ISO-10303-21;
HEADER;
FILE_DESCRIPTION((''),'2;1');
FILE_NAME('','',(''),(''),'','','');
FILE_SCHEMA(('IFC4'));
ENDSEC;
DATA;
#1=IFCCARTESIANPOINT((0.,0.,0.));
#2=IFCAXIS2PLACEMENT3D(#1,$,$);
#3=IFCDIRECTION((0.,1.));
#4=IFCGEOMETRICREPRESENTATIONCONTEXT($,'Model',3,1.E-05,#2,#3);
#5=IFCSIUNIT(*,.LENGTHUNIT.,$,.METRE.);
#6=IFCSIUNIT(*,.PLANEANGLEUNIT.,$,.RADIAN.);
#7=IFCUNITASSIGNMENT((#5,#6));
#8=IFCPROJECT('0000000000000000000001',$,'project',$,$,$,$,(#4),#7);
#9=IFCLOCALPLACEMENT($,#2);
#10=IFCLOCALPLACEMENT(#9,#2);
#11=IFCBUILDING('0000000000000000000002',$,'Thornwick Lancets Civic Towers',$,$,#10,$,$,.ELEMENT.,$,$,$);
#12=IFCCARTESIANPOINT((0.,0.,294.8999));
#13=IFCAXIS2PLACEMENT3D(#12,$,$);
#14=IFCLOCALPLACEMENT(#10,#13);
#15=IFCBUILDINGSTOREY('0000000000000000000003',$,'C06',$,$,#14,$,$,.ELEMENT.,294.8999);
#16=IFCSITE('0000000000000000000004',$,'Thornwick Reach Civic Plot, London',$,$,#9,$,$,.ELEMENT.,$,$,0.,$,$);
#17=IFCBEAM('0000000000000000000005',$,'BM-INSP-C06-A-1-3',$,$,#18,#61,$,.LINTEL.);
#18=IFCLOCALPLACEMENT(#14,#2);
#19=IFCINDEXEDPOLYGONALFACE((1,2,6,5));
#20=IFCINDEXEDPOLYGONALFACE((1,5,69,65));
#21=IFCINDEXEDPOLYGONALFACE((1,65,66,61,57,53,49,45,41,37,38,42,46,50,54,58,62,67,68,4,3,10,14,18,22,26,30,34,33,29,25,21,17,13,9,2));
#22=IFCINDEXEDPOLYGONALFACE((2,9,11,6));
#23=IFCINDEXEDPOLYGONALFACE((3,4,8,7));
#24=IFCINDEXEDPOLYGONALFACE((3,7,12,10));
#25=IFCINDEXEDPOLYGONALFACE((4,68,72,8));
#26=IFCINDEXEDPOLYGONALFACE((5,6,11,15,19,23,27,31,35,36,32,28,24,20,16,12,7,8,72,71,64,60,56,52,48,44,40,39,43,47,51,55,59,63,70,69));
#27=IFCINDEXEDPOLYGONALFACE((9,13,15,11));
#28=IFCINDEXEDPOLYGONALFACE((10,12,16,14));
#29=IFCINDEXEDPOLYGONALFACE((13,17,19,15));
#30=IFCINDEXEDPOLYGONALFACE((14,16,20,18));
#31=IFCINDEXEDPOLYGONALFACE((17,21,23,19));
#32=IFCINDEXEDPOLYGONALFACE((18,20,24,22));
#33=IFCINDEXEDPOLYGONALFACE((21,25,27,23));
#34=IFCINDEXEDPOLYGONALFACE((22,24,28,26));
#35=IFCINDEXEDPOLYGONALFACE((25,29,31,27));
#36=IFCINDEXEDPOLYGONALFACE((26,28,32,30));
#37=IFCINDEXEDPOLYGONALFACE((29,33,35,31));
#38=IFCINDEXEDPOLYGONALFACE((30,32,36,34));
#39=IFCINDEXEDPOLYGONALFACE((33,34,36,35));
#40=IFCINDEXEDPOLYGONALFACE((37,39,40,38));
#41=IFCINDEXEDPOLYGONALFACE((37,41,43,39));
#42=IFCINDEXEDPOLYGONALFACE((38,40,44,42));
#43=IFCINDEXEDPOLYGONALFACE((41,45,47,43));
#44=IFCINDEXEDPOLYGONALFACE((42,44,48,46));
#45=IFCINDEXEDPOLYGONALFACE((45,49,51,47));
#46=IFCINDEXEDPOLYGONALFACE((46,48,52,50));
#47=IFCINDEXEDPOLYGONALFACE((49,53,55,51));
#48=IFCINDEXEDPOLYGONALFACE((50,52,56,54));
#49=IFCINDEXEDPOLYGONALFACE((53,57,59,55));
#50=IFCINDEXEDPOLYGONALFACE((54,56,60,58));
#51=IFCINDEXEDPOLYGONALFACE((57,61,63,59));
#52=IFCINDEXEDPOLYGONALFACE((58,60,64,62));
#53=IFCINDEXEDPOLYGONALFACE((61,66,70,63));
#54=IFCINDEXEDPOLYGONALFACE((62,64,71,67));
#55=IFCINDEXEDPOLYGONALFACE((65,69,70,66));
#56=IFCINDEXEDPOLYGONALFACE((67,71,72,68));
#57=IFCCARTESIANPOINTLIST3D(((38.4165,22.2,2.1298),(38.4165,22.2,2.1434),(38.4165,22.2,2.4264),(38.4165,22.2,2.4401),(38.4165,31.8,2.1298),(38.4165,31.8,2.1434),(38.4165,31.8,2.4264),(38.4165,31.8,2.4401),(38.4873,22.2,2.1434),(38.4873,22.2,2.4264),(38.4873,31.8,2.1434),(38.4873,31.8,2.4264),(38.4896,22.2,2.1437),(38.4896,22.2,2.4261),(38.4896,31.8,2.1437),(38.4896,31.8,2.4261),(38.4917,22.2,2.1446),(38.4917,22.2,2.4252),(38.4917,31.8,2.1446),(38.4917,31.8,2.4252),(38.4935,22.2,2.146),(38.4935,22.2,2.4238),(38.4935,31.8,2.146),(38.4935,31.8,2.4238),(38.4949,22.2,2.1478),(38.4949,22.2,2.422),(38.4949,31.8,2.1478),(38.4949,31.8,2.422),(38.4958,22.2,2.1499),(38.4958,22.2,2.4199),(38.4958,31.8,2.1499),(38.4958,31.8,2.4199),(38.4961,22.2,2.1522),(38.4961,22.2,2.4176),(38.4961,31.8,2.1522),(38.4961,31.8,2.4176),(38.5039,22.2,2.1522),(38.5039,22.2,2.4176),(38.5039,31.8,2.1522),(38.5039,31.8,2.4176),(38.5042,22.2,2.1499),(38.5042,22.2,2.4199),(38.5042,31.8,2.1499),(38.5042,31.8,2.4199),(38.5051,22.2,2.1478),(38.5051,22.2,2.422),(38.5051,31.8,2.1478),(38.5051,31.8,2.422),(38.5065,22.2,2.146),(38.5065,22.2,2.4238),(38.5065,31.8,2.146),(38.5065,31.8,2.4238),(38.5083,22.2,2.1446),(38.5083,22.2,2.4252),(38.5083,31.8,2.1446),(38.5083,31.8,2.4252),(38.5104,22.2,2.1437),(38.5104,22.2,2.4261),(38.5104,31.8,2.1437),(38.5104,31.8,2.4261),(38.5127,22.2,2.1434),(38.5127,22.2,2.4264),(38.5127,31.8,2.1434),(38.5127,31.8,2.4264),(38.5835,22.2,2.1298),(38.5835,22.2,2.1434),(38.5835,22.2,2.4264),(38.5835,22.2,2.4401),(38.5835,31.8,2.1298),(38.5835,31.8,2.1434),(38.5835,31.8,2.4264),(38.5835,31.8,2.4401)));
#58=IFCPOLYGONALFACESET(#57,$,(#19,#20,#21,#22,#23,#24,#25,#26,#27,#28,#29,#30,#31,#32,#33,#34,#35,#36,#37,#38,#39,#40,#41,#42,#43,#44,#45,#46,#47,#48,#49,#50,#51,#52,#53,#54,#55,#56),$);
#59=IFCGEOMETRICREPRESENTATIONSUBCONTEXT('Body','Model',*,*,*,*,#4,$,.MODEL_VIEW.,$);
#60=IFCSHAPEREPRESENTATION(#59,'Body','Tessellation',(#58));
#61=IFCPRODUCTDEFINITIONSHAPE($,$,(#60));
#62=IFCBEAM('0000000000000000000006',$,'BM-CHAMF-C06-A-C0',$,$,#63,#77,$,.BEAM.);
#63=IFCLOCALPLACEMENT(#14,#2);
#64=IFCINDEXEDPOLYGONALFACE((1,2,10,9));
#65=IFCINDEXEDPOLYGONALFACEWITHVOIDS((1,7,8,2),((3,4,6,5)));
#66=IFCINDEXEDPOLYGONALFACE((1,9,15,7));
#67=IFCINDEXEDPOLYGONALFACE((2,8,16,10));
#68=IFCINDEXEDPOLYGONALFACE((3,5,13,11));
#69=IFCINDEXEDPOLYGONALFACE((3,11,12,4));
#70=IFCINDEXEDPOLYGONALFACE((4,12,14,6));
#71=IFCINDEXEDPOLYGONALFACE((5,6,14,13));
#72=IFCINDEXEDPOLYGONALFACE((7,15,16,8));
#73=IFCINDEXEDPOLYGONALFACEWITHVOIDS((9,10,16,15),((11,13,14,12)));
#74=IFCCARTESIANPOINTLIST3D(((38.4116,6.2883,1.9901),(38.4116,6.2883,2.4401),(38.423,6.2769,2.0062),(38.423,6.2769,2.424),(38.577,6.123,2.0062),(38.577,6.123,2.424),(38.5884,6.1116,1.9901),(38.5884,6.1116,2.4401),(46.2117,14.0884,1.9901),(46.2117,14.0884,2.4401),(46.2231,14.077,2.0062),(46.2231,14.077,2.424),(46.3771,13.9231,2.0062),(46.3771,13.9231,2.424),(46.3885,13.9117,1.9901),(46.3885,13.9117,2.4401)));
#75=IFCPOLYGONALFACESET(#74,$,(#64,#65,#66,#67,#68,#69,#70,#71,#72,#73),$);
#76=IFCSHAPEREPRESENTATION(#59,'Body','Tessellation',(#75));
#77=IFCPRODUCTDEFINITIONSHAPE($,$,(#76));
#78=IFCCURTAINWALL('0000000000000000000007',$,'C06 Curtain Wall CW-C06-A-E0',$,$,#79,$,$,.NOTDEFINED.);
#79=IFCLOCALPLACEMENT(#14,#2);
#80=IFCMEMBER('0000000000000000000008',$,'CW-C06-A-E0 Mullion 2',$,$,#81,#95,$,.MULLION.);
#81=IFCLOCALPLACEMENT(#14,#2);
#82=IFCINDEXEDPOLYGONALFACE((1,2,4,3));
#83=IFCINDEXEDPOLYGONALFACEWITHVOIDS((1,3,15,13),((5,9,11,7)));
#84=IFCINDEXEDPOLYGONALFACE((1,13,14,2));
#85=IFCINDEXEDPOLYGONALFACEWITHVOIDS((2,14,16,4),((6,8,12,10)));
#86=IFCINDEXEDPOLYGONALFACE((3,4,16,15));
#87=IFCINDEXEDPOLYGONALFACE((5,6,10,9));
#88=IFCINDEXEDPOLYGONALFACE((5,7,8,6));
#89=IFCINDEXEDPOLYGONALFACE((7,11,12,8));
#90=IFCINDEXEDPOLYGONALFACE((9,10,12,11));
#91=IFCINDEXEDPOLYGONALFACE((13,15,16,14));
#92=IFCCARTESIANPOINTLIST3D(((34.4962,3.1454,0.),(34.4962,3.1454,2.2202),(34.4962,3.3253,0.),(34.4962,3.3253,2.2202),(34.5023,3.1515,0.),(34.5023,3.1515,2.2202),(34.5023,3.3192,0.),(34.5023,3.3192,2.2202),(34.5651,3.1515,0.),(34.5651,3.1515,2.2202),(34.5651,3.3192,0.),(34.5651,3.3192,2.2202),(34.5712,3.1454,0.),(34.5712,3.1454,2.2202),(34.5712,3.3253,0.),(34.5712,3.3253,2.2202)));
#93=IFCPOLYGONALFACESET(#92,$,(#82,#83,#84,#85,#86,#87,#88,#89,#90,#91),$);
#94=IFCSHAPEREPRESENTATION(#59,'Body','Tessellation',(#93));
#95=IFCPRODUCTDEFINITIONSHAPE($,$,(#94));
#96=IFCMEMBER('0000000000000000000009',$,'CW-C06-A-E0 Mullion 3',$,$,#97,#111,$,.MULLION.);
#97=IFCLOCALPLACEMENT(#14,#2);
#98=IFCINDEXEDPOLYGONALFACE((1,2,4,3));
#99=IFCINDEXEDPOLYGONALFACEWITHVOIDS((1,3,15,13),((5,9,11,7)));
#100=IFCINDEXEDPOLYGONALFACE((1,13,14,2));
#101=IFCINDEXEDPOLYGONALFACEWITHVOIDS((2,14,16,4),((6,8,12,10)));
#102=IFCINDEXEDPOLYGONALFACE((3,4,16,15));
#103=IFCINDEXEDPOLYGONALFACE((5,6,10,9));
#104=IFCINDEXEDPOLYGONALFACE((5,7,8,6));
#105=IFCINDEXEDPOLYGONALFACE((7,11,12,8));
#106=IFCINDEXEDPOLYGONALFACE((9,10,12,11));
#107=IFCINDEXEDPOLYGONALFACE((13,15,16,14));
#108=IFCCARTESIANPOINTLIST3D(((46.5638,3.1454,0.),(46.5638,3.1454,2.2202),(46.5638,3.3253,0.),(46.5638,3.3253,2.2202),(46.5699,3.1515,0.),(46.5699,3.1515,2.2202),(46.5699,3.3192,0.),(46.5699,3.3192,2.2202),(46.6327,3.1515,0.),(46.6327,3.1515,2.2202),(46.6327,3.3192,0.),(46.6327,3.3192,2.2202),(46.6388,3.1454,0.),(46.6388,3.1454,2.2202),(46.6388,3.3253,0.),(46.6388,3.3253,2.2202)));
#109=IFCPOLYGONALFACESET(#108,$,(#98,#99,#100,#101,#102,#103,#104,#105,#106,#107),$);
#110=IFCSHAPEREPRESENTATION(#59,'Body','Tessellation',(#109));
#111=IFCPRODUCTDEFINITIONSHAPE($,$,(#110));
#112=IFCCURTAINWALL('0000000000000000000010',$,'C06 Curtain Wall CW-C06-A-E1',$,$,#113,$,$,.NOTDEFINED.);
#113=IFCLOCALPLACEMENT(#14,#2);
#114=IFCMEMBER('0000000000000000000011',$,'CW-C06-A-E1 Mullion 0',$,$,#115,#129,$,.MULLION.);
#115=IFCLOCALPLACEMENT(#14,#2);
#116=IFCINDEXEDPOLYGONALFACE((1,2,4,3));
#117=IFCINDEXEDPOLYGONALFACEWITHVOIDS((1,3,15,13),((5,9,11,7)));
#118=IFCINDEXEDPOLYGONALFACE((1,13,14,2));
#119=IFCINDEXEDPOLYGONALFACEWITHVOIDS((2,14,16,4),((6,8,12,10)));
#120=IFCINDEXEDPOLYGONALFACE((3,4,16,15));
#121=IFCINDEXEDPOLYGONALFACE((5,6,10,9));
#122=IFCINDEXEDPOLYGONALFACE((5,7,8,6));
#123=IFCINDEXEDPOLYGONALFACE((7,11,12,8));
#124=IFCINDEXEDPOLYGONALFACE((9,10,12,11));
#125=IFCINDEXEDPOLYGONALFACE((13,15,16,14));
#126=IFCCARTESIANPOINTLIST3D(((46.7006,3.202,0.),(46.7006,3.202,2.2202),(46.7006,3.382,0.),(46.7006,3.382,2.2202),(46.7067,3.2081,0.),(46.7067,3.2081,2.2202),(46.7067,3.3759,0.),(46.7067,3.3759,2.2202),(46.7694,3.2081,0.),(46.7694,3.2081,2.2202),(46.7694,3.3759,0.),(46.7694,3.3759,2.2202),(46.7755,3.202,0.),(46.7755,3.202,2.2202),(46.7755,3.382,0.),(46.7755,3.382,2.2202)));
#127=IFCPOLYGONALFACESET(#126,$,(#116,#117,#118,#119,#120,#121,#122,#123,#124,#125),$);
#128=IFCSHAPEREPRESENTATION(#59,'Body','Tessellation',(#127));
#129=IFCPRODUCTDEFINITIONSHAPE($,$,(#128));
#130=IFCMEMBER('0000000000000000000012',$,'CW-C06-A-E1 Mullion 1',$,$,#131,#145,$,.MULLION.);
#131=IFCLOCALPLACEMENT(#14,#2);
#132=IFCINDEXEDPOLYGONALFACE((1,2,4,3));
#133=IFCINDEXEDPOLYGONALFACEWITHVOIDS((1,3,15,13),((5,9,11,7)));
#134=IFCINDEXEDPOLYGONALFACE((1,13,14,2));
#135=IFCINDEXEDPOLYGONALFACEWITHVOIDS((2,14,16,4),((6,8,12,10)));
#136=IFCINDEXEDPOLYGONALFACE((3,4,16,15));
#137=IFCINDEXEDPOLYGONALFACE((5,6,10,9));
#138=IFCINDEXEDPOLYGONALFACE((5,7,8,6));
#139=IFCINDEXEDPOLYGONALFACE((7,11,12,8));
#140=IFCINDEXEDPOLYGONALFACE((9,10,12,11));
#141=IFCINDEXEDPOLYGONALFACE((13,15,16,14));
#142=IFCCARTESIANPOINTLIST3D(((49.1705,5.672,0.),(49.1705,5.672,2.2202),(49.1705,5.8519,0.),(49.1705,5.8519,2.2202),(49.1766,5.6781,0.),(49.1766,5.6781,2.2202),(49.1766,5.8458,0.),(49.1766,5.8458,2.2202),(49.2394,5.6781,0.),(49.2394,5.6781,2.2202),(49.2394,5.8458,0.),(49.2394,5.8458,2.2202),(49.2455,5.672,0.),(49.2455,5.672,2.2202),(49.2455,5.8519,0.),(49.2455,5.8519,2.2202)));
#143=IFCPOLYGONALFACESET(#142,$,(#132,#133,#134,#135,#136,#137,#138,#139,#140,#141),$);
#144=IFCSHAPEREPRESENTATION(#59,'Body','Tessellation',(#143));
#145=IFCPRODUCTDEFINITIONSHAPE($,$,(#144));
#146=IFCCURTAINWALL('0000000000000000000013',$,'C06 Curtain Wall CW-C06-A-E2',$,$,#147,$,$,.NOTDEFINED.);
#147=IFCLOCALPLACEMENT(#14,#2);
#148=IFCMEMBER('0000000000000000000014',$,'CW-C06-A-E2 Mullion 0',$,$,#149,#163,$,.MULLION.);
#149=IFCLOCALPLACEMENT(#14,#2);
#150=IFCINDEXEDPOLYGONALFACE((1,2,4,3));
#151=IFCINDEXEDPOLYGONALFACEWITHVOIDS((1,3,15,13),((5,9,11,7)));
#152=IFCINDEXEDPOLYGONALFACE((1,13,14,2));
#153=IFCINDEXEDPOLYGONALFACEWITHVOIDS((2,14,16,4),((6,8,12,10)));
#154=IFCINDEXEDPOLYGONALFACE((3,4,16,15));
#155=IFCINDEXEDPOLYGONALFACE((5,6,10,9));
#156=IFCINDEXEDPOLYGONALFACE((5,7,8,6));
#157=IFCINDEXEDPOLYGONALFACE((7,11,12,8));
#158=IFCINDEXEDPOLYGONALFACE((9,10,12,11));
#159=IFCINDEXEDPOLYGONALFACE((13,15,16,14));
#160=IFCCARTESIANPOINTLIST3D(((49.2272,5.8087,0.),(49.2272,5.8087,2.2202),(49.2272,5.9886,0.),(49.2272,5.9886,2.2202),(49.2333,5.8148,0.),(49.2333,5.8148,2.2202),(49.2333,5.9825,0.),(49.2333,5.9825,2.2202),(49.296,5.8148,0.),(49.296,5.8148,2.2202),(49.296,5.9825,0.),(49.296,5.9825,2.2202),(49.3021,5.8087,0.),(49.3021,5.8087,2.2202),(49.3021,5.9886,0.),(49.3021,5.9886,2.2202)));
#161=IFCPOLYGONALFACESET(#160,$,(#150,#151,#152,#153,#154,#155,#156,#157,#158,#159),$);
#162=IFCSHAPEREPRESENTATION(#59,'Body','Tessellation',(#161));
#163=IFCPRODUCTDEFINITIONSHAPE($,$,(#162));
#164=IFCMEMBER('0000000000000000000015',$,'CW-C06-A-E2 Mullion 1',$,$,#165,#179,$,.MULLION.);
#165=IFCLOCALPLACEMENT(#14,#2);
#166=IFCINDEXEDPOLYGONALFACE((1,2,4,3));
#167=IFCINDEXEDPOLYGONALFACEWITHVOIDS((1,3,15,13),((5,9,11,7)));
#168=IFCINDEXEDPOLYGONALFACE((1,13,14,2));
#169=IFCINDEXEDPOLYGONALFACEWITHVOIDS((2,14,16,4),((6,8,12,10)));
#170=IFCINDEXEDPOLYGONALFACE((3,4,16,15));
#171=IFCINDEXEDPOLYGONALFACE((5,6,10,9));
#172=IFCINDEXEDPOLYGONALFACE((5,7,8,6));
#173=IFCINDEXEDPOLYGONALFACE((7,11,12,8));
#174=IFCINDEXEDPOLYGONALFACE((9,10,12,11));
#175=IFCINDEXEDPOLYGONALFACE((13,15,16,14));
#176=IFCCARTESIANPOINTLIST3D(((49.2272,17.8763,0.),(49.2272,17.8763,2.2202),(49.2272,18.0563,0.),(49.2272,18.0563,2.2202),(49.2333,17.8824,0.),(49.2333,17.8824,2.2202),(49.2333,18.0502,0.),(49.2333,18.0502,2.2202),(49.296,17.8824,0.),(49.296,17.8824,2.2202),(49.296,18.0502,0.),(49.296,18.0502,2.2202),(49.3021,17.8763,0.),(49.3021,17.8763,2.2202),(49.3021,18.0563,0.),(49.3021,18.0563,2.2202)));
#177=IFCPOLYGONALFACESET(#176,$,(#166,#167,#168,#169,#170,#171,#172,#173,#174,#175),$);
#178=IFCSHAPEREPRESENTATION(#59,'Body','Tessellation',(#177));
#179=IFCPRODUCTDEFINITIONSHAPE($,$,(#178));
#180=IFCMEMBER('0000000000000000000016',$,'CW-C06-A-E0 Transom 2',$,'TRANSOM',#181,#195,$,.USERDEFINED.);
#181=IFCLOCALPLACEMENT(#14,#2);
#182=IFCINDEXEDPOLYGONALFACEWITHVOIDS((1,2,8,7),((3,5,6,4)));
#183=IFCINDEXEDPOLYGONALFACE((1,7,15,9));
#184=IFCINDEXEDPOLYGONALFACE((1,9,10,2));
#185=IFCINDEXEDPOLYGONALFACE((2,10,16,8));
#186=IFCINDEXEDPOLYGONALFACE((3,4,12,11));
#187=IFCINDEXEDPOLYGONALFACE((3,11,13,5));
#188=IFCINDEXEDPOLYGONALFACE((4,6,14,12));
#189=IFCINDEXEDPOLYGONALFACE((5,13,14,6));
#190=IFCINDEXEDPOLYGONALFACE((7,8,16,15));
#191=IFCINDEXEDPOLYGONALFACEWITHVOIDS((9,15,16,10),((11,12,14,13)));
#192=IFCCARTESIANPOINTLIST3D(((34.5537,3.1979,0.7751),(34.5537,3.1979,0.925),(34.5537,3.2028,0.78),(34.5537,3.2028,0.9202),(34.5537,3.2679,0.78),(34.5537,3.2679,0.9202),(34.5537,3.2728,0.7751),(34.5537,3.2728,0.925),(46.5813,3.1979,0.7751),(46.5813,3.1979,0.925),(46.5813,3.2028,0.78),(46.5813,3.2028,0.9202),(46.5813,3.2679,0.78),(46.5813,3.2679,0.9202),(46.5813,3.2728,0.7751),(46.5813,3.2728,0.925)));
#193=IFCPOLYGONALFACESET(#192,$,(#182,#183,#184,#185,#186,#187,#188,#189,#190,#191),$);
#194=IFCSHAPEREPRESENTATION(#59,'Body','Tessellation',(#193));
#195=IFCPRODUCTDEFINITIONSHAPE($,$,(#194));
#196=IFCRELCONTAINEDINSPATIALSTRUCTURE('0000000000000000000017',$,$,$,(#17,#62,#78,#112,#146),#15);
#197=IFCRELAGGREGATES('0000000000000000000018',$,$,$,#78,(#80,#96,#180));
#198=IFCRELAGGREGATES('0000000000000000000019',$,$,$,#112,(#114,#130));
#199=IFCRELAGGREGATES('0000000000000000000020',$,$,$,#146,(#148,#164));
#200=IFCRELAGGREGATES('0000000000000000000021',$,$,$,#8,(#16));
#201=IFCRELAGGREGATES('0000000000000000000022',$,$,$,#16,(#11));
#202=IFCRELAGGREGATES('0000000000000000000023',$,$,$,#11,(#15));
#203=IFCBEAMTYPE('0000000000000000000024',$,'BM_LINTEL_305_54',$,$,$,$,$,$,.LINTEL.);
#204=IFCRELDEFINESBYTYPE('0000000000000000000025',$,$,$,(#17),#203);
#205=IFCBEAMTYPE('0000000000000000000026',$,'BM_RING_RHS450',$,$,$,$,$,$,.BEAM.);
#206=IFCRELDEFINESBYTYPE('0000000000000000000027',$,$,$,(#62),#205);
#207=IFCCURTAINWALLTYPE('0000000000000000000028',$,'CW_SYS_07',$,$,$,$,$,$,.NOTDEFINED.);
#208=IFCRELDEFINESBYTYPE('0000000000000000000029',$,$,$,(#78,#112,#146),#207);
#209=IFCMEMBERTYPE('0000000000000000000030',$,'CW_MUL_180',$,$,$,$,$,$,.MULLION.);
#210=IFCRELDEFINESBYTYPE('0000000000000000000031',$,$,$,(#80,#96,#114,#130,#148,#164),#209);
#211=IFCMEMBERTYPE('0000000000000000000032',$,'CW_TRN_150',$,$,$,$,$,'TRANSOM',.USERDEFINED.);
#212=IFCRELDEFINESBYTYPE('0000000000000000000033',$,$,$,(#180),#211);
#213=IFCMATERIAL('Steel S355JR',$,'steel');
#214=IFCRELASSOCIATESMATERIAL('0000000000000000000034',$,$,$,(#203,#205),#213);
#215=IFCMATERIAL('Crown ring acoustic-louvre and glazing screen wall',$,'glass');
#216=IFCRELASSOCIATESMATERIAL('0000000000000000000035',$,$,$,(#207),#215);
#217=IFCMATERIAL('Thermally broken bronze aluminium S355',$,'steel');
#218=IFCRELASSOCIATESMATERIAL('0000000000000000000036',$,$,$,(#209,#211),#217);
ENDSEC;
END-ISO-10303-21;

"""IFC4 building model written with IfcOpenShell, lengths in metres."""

from ifc_helpers import new_model, si_unit, direction, frame, origin, origin_2d, place, context, subcontext, project, spatial, hollow_rectangle, i_section, extrude, material, material_profile, profile_set, type_object, element, aggregate, save


model = new_model("IFC4")

# Units and contexts
model_context = context("Model", 3, precision=1e-05, world=origin(), true_north=direction((0.0, 1.0)))
body_context = subcontext(model_context, "Body", "Model", "MODEL_VIEW")
ifc_project = project(units=[si_unit("LENGTHUNIT", "METRE"), si_unit("PLANEANGLEUNIT", "RADIAN")], contexts=[model_context])

# Site, building, storey
site_placement = place(None, origin())
site = spatial("IfcSite", under=ifc_project, at=site_placement, Name="Thornwick Reach Civic Plot, London", CompositionType="ELEMENT", RefElevation=0.0)
building_placement = place(site_placement, origin())
building = spatial("IfcBuilding", under=site, at=building_placement, Name="Thornwick Lancets Civic Towers", CompositionType="ELEMENT")
storey_placement = place(building_placement, frame((0.0, 0.0, 294.8999)))
storey = spatial("IfcBuildingStorey", under=building, at=storey_placement, Name="C06", CompositionType="ELEMENT", Elevation=294.8999)

# Shared definitions
ifc_material_1 = material(Name="Steel S355JR", Category="steel")

# Beams
ifc_material_profile_1 = material_profile(ifc_material_1, i_section(OverallWidth=0.167, OverallDepth=0.3103, WebThickness=0.0078, FlangeThickness=0.0137, FilletRadius=0.0088, at=origin_2d()), Name="UKB 305x165x54")
ifc_profile_set_1 = profile_set([ifc_material_profile_1], Name="Steel S355JR")
beam_type_1 = type_object("IfcBeamType", Name="BM_LINTEL_305_54", PredefinedType="LINTEL", material=ifc_profile_set_1)
beam_1_placement = place(storey_placement, frame((38.5, 22.2, 2.2849), z_axis=(0.0, 1.0, 0.0), x_axis=(-1.0, 0.0, 0.0)))
element("IfcBeam", 1, at=beam_1_placement, inside=storey, type_object=beam_type_1, Name="BM-INSP-C06-A-1-3", PredefinedType="LINTEL", context=body_context, shape_type="SweptSolid", body=[
    extrude(i_section(OverallWidth=0.167, OverallDepth=0.3103, WebThickness=0.0078, FlangeThickness=0.0137, FilletRadius=0.0088, at=origin_2d()), origin(), (0.0, 0.0, 1.0), 9.6001),
])
ifc_material_profile_2 = material_profile(ifc_material_1, hollow_rectangle(XDim=0.25, YDim=0.45, WallThickness=0.0161, at=origin_2d()), Name="RHS 450x250x16")
ifc_profile_set_2 = profile_set([ifc_material_profile_2], Name="Steel S355JR")
beam_type_2 = type_object("IfcBeamType", Name="BM_RING_RHS450", PredefinedType="BEAM", material=ifc_profile_set_2)
beam_2_placement = place(storey_placement, frame((38.5, 6.2, 2.2151), z_axis=(0.707107, 0.707107, 0.0), x_axis=(-0.707107, 0.707107, 0.0)))
element("IfcBeam", 2, at=beam_2_placement, inside=storey, type_object=beam_type_2, Name="BM-CHAMF-C06-A-C0", PredefinedType="BEAM", context=body_context, shape_type="SweptSolid", body=[
    extrude(hollow_rectangle(XDim=0.25, YDim=0.45, WallThickness=0.0161, at=origin_2d()), origin(), (0.0, 0.0, 1.0), 11.031),
])

# Curtain walls, members
ifc_material_2 = material(Name="Crown ring acoustic-louvre and glazing screen wall", Category="glass")
curtain_wall_type = type_object("IfcCurtainWallType", Name="CW_SYS_07", PredefinedType="NOTDEFINED", material=ifc_material_2)
curtain_wall_1_placement = place(storey_placement, origin())
curtain_wall_1 = element("IfcCurtainWall", 3, at=curtain_wall_1_placement, inside=storey, type_object=curtain_wall_type, Name="C06 Curtain Wall CW-C06-A-E0", PredefinedType="NOTDEFINED")
ifc_material_3 = material(Name="Thermally broken bronze aluminium S355", Category="steel")
ifc_material_profile_3 = material_profile(ifc_material_3, hollow_rectangle(XDim=0.075, YDim=0.1799, WallThickness=0.0061, at=origin_2d()), Name="RHS 180x75x6")
ifc_profile_set_3 = profile_set([ifc_material_profile_3], Name="Thermally broken bronze aluminium S355")
member_type_1 = type_object("IfcMemberType", Name="CW_MUL_180", PredefinedType="MULLION", material=ifc_profile_set_3)
member_1_placement = place(storey_placement, frame((34.5337, 3.2354, 0.0), z_axis=(0.0, 0.0, 1.0), x_axis=(1.0, 0.0, 0.0)))
member_1 = element("IfcMember", 4, at=member_1_placement, type_object=member_type_1, Name="CW-C06-A-E0 Mullion 2", PredefinedType="MULLION", context=body_context, shape_type="SweptSolid", body=[
    extrude(hollow_rectangle(XDim=0.075, YDim=0.1799, WallThickness=0.0061, at=origin_2d()), origin(), (0.0, 0.0, 1.0), 2.2202),
])
member_2_placement = place(storey_placement, frame((46.6013, 3.2354, 0.0), z_axis=(0.0, 0.0, 1.0), x_axis=(1.0, 0.0, 0.0)))
member_2 = element("IfcMember", 5, at=member_2_placement, type_object=member_type_1, Name="CW-C06-A-E0 Mullion 3", PredefinedType="MULLION", context=body_context, shape_type="SweptSolid", body=[
    extrude(hollow_rectangle(XDim=0.075, YDim=0.1799, WallThickness=0.0061, at=origin_2d()), origin(), (0.0, 0.0, 1.0), 2.2202),
])
curtain_wall_2_placement = place(storey_placement, origin())
curtain_wall_2 = element("IfcCurtainWall", 6, at=curtain_wall_2_placement, inside=storey, type_object=curtain_wall_type, Name="C06 Curtain Wall CW-C06-A-E1", PredefinedType="NOTDEFINED")
member_3_placement = place(storey_placement, frame((46.738, 3.292, 0.0), z_axis=(0.0, 0.0, 1.0), x_axis=(1.0, 0.0, 0.0)))
member_3 = element("IfcMember", 7, at=member_3_placement, type_object=member_type_1, Name="CW-C06-A-E1 Mullion 0", PredefinedType="MULLION", context=body_context, shape_type="SweptSolid", body=[
    extrude(hollow_rectangle(XDim=0.075, YDim=0.1799, WallThickness=0.0061, at=origin_2d()), origin(), (0.0, 0.0, 1.0), 2.2202),
])
member_4_placement = place(storey_placement, frame((49.208, 5.762, 0.0), z_axis=(0.0, 0.0, 1.0), x_axis=(1.0, 0.0, 0.0)))
member_4 = element("IfcMember", 8, at=member_4_placement, type_object=member_type_1, Name="CW-C06-A-E1 Mullion 1", PredefinedType="MULLION", context=body_context, shape_type="SweptSolid", body=[
    extrude(hollow_rectangle(XDim=0.075, YDim=0.1799, WallThickness=0.0061, at=origin_2d()), origin(), (0.0, 0.0, 1.0), 2.2202),
])
curtain_wall_3_placement = place(storey_placement, origin())
curtain_wall_3 = element("IfcCurtainWall", 9, at=curtain_wall_3_placement, inside=storey, type_object=curtain_wall_type, Name="C06 Curtain Wall CW-C06-A-E2", PredefinedType="NOTDEFINED")
member_5_placement = place(storey_placement, frame((49.2646, 5.8987, 0.0), z_axis=(0.0, 0.0, 1.0), x_axis=(1.0, 0.0, 0.0)))
member_5 = element("IfcMember", 10, at=member_5_placement, type_object=member_type_1, Name="CW-C06-A-E2 Mullion 0", PredefinedType="MULLION", context=body_context, shape_type="SweptSolid", body=[
    extrude(hollow_rectangle(XDim=0.075, YDim=0.1799, WallThickness=0.0061, at=origin_2d()), origin(), (0.0, 0.0, 1.0), 2.2202),
])
member_6_placement = place(storey_placement, frame((49.2646, 17.9663, 0.0), z_axis=(0.0, 0.0, 1.0), x_axis=(1.0, 0.0, 0.0)))
member_6 = element("IfcMember", 11, at=member_6_placement, type_object=member_type_1, Name="CW-C06-A-E2 Mullion 1", PredefinedType="MULLION", context=body_context, shape_type="SweptSolid", body=[
    extrude(hollow_rectangle(XDim=0.075, YDim=0.1799, WallThickness=0.0061, at=origin_2d()), origin(), (0.0, 0.0, 1.0), 2.2202),
])

# Member
ifc_material_profile_4 = material_profile(ifc_material_3, hollow_rectangle(XDim=0.075, YDim=0.1499, WallThickness=0.0049, at=origin_2d()), Name="RHS 150x75x5")
ifc_profile_set_4 = profile_set([ifc_material_profile_4], Name="Thermally broken bronze aluminium S355")
member_type_2 = type_object("IfcMemberType", Name="CW_TRN_150", ElementType="TRANSOM", PredefinedType="USERDEFINED", material=ifc_profile_set_4)
member_7_placement = place(storey_placement, frame((34.5537, 3.2354, 0.8501), z_axis=(1.0, 0.0, 0.0), x_axis=(0.0, 1.0, 0.0)))
member_7 = element("IfcMember", 12, at=member_7_placement, type_object=member_type_2, Name="CW-C06-A-E0 Transom 2", ObjectType="TRANSOM", PredefinedType="USERDEFINED", context=body_context, shape_type="SweptSolid", body=[
    extrude(hollow_rectangle(XDim=0.075, YDim=0.1499, WallThickness=0.0049, at=origin_2d()), origin(), (0.0, 0.0, 1.0), 12.0276),
])

aggregate(curtain_wall_1, [member_1, member_2, member_7])
aggregate(curtain_wall_2, [member_3, member_4])
aggregate(curtain_wall_3, [member_5, member_6])

save(model, "model.ifc")
